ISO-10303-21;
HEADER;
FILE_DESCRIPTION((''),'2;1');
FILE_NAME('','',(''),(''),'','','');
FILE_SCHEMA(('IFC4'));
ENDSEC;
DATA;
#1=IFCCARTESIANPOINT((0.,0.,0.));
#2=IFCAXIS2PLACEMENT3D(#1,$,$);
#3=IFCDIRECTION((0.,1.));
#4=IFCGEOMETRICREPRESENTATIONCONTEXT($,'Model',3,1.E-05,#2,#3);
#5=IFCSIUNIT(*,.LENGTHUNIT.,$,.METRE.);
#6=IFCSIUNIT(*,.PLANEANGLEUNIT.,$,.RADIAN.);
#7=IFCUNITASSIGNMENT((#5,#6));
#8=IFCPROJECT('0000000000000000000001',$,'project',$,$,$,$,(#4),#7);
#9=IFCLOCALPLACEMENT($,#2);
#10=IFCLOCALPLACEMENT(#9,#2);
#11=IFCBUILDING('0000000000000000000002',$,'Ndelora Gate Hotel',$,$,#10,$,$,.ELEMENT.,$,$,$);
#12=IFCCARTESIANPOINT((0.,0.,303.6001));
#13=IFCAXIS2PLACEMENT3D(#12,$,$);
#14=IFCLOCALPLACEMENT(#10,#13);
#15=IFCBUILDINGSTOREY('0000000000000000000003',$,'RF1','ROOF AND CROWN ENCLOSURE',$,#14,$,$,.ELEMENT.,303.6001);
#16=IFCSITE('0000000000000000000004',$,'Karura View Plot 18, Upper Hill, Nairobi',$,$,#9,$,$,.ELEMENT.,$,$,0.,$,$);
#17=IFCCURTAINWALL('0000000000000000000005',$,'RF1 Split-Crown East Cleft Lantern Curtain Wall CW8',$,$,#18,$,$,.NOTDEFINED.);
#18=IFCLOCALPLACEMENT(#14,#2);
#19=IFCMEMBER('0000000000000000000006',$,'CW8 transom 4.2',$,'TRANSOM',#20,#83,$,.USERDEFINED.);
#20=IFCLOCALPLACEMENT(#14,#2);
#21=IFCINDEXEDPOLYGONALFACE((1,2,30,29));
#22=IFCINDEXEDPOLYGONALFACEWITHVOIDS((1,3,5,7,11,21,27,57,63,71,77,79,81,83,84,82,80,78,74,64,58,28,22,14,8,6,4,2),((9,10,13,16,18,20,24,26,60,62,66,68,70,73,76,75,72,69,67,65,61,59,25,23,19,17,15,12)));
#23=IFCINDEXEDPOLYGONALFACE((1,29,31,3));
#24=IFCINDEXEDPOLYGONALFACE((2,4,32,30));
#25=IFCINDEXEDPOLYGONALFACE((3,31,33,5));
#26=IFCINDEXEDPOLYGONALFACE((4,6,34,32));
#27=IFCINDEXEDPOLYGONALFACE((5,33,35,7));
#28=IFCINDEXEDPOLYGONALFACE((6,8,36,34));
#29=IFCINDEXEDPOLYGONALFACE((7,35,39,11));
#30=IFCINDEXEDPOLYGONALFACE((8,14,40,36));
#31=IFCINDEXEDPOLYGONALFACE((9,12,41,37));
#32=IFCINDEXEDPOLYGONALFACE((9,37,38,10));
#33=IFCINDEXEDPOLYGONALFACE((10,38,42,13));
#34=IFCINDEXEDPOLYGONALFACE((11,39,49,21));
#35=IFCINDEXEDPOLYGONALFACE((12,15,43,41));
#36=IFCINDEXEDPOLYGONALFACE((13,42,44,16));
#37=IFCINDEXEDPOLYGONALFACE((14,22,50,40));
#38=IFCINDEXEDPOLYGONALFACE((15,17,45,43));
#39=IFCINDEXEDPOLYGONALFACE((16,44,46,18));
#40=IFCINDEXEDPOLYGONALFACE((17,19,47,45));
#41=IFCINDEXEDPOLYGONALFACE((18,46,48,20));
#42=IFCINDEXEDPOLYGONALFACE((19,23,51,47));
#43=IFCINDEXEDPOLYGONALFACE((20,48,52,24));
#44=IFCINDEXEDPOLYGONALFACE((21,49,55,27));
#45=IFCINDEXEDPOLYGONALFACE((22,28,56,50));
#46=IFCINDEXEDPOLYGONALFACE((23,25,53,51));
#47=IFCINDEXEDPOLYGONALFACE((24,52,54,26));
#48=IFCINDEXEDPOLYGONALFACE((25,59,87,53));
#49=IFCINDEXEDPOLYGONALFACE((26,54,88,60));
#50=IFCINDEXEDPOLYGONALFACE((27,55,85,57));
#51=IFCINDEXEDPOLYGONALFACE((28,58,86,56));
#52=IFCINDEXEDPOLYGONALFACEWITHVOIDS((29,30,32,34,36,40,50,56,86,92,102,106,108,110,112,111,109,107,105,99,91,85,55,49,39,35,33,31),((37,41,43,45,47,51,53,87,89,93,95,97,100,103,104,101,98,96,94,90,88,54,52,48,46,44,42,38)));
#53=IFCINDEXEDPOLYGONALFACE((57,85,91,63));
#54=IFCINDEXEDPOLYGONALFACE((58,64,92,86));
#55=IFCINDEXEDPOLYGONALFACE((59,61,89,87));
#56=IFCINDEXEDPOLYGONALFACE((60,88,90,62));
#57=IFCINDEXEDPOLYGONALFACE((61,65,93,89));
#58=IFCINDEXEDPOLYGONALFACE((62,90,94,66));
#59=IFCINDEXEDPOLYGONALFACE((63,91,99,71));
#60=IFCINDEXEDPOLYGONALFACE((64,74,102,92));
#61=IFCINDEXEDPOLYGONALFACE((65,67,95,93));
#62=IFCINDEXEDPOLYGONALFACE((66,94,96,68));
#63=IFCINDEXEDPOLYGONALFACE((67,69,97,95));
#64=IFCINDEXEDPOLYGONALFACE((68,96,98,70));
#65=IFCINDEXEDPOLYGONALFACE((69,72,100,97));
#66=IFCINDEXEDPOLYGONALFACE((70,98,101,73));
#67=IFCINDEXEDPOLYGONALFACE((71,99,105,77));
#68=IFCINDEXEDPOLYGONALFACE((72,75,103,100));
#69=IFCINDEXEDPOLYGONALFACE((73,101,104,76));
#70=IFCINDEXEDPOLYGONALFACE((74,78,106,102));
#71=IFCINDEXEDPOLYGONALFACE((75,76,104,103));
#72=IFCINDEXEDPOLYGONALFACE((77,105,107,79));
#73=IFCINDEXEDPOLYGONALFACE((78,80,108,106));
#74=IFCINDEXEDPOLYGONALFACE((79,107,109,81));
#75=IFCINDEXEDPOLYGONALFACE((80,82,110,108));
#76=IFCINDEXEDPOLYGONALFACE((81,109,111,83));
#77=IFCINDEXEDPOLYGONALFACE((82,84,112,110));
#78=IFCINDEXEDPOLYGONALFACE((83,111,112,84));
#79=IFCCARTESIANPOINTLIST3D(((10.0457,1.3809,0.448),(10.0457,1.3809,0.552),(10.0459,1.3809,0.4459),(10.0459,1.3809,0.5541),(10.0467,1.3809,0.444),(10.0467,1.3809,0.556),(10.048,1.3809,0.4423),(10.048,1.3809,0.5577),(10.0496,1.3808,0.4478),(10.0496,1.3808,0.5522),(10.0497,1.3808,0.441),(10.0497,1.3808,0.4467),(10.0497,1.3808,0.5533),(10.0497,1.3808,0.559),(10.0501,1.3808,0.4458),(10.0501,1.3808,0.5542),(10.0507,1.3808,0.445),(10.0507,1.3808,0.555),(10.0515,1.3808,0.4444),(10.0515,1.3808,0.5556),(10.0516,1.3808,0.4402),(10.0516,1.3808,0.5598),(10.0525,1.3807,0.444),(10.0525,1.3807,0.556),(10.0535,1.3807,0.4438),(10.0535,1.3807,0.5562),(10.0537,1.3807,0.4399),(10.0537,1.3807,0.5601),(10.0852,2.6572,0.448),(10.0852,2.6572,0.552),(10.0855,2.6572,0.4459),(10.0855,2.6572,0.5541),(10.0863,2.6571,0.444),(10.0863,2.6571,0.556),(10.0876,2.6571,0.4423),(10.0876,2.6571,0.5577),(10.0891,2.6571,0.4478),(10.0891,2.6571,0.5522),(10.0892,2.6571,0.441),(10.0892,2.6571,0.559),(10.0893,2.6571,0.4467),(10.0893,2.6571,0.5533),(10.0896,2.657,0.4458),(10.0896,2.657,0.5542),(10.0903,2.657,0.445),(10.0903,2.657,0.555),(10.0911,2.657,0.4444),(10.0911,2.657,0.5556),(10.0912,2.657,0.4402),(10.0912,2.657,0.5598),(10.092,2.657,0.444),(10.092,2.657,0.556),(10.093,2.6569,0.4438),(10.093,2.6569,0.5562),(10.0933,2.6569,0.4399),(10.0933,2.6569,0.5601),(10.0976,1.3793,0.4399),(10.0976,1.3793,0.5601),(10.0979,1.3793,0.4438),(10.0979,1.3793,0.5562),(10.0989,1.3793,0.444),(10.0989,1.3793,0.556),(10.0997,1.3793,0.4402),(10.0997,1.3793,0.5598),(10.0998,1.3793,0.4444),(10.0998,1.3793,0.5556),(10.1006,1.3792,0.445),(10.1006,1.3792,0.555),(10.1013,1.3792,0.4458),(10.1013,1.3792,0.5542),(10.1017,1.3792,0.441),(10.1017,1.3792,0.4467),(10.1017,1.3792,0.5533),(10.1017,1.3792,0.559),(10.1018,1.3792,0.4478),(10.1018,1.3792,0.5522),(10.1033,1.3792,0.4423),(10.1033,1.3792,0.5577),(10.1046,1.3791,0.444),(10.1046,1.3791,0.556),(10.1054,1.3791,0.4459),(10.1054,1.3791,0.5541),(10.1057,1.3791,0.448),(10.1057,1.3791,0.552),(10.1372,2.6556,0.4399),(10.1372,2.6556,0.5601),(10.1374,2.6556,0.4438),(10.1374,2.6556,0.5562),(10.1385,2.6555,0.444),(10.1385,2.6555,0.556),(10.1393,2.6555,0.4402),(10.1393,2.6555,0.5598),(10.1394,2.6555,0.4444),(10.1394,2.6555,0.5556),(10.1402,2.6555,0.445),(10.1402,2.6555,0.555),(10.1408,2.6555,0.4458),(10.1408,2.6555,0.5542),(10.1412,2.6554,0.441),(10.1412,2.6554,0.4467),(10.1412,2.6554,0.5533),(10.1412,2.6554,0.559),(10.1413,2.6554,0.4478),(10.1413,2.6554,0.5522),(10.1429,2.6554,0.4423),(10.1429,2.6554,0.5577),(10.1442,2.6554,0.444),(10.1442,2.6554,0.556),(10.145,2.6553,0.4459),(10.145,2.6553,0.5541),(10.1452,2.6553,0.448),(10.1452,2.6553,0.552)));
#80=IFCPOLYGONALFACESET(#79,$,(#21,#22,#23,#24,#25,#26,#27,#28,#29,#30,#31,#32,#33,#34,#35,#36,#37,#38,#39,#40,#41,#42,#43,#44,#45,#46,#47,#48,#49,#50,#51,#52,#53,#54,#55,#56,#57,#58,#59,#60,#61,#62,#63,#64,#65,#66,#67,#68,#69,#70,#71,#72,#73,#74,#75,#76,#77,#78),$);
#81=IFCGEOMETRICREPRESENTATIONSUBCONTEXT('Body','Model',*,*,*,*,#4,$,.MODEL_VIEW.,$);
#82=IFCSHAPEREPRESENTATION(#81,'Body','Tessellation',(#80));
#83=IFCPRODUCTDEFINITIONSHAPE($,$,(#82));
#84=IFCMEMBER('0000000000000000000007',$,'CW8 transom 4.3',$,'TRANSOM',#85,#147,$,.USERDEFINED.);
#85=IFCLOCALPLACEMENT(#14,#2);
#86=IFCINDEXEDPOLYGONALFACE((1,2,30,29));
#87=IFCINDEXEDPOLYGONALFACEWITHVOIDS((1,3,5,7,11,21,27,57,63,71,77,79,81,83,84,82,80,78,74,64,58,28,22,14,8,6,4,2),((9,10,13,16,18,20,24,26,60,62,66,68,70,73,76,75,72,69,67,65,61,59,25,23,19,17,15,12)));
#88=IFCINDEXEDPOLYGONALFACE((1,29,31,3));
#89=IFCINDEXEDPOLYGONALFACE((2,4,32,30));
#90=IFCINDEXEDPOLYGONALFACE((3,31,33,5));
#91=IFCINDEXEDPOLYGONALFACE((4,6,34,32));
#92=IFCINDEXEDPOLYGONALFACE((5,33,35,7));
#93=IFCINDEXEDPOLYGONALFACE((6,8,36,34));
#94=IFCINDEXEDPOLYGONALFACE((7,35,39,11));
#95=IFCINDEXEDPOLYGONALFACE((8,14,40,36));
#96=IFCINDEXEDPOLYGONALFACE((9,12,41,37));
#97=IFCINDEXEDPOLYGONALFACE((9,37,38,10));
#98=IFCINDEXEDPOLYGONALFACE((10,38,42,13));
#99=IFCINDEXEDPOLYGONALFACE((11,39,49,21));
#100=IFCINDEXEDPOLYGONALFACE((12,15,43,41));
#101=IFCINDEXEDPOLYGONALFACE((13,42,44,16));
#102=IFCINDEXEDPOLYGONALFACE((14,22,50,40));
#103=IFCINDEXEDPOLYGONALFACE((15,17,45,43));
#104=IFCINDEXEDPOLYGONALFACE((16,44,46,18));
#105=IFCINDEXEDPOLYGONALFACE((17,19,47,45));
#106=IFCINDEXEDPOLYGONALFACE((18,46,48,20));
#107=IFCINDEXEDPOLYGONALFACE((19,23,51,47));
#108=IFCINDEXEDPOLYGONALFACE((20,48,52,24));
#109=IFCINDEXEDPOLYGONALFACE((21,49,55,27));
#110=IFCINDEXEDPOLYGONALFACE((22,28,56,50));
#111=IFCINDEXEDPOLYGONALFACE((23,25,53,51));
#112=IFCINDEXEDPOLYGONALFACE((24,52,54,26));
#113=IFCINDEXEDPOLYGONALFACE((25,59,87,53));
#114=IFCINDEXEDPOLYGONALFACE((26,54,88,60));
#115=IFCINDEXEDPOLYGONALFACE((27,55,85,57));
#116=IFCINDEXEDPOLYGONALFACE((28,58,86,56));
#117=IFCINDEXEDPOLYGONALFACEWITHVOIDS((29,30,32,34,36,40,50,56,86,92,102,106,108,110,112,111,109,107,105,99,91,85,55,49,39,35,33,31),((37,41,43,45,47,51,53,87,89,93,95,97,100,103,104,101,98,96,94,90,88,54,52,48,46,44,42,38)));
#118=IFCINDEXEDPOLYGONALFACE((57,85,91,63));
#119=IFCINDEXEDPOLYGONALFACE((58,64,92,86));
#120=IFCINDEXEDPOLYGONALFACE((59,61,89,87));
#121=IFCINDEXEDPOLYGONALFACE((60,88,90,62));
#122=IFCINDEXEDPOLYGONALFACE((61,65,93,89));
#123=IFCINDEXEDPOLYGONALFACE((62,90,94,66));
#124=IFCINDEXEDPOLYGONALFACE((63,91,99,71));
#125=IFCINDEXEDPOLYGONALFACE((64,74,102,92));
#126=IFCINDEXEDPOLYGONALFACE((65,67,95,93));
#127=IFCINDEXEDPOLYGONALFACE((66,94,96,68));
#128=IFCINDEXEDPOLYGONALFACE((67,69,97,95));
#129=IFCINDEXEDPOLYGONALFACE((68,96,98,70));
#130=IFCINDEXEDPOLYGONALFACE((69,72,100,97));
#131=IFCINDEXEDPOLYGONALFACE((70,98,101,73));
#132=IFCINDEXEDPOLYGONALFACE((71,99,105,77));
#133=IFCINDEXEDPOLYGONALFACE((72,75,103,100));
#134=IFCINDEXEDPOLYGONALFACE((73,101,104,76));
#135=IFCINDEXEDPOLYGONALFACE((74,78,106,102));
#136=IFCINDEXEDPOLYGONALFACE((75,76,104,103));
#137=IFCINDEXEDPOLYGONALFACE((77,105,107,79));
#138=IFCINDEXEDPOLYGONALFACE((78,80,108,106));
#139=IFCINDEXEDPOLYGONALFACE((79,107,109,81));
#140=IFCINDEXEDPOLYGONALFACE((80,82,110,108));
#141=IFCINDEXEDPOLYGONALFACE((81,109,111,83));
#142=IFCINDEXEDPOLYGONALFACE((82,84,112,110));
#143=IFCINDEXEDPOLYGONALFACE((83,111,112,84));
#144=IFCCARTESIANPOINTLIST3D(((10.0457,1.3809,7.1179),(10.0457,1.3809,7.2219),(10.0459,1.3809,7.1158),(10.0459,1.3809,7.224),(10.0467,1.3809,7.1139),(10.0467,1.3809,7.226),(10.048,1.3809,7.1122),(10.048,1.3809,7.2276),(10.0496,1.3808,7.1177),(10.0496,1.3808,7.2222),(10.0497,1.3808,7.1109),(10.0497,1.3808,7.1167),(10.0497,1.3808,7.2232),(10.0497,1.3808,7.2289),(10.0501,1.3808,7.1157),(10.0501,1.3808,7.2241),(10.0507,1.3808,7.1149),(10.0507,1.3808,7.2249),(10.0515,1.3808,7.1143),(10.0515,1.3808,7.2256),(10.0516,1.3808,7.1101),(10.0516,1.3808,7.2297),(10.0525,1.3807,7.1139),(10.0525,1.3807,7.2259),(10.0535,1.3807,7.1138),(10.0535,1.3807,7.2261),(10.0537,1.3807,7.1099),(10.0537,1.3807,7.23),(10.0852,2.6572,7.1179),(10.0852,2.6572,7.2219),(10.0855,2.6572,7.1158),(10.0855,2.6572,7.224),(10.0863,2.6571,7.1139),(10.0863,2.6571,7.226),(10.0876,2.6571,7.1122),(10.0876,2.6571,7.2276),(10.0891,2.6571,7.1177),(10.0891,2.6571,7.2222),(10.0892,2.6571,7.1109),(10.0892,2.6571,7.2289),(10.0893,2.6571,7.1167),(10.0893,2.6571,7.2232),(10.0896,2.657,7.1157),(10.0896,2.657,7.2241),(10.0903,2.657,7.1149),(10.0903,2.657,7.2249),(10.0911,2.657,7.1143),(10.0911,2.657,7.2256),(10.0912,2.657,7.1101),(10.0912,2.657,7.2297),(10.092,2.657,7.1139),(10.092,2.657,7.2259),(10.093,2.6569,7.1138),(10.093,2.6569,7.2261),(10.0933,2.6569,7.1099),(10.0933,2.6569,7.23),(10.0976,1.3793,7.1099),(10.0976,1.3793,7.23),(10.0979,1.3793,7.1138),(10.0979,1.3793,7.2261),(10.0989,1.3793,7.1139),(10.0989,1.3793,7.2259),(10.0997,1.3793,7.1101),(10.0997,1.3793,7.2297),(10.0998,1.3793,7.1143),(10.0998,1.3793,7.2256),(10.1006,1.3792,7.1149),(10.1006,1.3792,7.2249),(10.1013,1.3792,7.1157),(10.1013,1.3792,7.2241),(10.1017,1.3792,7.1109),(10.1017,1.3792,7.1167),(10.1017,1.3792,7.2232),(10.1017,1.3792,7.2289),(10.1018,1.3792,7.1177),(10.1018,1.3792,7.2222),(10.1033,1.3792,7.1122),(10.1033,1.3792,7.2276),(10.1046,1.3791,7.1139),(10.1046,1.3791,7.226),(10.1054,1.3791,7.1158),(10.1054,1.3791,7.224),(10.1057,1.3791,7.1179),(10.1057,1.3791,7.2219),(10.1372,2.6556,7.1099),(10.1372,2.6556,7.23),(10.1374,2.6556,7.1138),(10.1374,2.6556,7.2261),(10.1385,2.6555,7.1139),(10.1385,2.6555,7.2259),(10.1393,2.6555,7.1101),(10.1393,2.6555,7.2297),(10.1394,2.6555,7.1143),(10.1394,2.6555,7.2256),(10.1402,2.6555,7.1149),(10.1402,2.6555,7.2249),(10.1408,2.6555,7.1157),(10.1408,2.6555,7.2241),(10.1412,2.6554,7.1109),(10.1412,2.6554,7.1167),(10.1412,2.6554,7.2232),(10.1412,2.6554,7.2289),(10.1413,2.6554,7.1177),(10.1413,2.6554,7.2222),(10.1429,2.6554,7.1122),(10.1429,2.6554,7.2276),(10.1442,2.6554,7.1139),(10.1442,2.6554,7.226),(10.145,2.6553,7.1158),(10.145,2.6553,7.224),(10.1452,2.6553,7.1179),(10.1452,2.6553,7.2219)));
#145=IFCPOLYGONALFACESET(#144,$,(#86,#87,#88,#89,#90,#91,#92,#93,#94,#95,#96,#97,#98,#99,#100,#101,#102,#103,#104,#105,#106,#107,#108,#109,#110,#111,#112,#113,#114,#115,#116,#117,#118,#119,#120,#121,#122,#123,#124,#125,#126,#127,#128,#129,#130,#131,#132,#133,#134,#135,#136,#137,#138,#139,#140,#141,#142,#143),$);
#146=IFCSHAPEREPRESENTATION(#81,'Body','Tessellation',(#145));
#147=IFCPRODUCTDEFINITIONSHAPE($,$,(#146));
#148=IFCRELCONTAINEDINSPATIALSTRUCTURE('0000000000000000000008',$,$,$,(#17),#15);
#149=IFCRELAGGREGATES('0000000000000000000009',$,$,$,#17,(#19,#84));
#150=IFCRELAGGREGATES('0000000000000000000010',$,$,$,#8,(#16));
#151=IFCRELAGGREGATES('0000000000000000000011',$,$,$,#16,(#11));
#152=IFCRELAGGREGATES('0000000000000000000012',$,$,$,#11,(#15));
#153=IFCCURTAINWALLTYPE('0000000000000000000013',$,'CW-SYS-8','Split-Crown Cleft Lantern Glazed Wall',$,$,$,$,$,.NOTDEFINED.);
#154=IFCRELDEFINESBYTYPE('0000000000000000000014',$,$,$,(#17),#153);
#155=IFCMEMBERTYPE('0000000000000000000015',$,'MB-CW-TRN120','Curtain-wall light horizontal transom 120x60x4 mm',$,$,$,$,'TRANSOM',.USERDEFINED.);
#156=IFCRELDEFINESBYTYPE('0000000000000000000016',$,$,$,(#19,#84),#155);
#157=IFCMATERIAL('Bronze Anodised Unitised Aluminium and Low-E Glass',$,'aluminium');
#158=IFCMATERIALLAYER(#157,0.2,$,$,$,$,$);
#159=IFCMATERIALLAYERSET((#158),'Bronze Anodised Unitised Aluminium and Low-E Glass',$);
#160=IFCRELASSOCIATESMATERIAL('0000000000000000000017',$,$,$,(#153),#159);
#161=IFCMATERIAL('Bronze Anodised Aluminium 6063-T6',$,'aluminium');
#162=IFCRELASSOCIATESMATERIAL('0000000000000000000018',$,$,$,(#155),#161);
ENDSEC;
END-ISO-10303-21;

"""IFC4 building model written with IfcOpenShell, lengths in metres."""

from ifc_helpers import new_model, si_unit, direction, frame, origin, origin_2d, place, context, subcontext, project, spatial, hollow_rectangle, extrude, material, layer, layer_set, material_profile, profile_set, type_object, element, aggregate, save


model = new_model("IFC4")

# Units and contexts
model_context = context("Model", 3, precision=1e-05, world=origin(), true_north=direction((0.0, 1.0)))
body_context = subcontext(model_context, "Body", "Model", "MODEL_VIEW")
ifc_project = project(units=[si_unit("LENGTHUNIT", "METRE"), si_unit("PLANEANGLEUNIT", "RADIAN")], contexts=[model_context])

# Site, building, storey
site_placement = place(None, origin())
site = spatial("IfcSite", under=ifc_project, at=site_placement, Name="Karura View Plot 18, Upper Hill, Nairobi", CompositionType="ELEMENT", RefElevation=0.0)
building_placement = place(site_placement, origin())
building = spatial("IfcBuilding", under=site, at=building_placement, Name="Ndelora Gate Hotel", CompositionType="ELEMENT")
storey_placement = place(building_placement, frame((0.0, 0.0, 303.6001)))
storey = spatial("IfcBuildingStorey", under=building, at=storey_placement, Name="RF1", Description="ROOF AND CROWN ENCLOSURE", CompositionType="ELEMENT", Elevation=303.6001)

# Shared definitions
ifc_material_1 = material(Name="Bronze Anodised Unitised Aluminium and Low-E Glass", Category="aluminium")
ifc_layer_1 = layer(ifc_material_1, 0.2)
ifc_layer_set_1 = layer_set([ifc_layer_1], Name="Bronze Anodised Unitised Aluminium and Low-E Glass")
curtain_wall_type = type_object("IfcCurtainWallType", Name="CW-SYS-8", Description="Split-Crown Cleft Lantern Glazed Wall", PredefinedType="NOTDEFINED", material=ifc_layer_set_1)
ifc_material_2 = material(Name="Bronze Anodised Aluminium 6063-T6", Category="aluminium")

# Curtain wall
curtain_wall_1_placement = place(storey_placement, origin())
curtain_wall_1 = element("IfcCurtainWall", 1, at=curtain_wall_1_placement, inside=storey, type_object=curtain_wall_type, Name="RF1 Split-Crown East Cleft Lantern Curtain Wall CW8", PredefinedType="NOTDEFINED")

# Members
ifc_material_profile_1 = material_profile(ifc_material_2, hollow_rectangle(XDim=0.0601, YDim=0.1201, WallThickness=0.0039, InnerFilletRadius=0.0039, OuterFilletRadius=0.0081, at=origin_2d()), Name="ALU 120x60x4")
ifc_profile_set_1 = profile_set([ifc_material_profile_1], Name="Bronze Anodised Aluminium 6063-T6")
member_type_1 = type_object("IfcMemberType", Name="MB-CW-TRN120", Description="Curtain-wall light horizontal transom 120x60x4 mm", ElementType="TRANSOM", PredefinedType="USERDEFINED", material=ifc_profile_set_1)
member_1_placement = place(storey_placement, frame((10.1152, 2.6562, 0.5), z_axis=(-0.030978, -0.99952, 0.0), x_axis=(0.99952, -0.030978, 0.0)))
member_1 = element("IfcMember", 2, at=member_1_placement, type_object=member_type_1, Name="CW8 transom 4.2", ObjectType="TRANSOM", PredefinedType="USERDEFINED", context=body_context, shape_type="SweptSolid", body=[
    extrude(hollow_rectangle(XDim=0.0601, YDim=0.1201, WallThickness=0.0039, InnerFilletRadius=0.0039, OuterFilletRadius=0.0081, at=origin_2d()), origin(), (0.0, 0.0, 1.0), 1.2769),
])
member_2_placement = place(storey_placement, frame((10.1152, 2.6562, 7.1699), z_axis=(-0.030978, -0.99952, 0.0), x_axis=(0.99952, -0.030978, 0.0)))
member_2 = element("IfcMember", 3, at=member_2_placement, type_object=member_type_1, Name="CW8 transom 4.3", ObjectType="TRANSOM", PredefinedType="USERDEFINED", context=body_context, shape_type="SweptSolid", body=[
    extrude(hollow_rectangle(XDim=0.0601, YDim=0.1201, WallThickness=0.0039, InnerFilletRadius=0.0039, OuterFilletRadius=0.0081, at=origin_2d()), origin(), (0.0, 0.0, 1.0), 1.2769),
])

aggregate(curtain_wall_1, [member_1, member_2])

save(model, "model.ifc")
